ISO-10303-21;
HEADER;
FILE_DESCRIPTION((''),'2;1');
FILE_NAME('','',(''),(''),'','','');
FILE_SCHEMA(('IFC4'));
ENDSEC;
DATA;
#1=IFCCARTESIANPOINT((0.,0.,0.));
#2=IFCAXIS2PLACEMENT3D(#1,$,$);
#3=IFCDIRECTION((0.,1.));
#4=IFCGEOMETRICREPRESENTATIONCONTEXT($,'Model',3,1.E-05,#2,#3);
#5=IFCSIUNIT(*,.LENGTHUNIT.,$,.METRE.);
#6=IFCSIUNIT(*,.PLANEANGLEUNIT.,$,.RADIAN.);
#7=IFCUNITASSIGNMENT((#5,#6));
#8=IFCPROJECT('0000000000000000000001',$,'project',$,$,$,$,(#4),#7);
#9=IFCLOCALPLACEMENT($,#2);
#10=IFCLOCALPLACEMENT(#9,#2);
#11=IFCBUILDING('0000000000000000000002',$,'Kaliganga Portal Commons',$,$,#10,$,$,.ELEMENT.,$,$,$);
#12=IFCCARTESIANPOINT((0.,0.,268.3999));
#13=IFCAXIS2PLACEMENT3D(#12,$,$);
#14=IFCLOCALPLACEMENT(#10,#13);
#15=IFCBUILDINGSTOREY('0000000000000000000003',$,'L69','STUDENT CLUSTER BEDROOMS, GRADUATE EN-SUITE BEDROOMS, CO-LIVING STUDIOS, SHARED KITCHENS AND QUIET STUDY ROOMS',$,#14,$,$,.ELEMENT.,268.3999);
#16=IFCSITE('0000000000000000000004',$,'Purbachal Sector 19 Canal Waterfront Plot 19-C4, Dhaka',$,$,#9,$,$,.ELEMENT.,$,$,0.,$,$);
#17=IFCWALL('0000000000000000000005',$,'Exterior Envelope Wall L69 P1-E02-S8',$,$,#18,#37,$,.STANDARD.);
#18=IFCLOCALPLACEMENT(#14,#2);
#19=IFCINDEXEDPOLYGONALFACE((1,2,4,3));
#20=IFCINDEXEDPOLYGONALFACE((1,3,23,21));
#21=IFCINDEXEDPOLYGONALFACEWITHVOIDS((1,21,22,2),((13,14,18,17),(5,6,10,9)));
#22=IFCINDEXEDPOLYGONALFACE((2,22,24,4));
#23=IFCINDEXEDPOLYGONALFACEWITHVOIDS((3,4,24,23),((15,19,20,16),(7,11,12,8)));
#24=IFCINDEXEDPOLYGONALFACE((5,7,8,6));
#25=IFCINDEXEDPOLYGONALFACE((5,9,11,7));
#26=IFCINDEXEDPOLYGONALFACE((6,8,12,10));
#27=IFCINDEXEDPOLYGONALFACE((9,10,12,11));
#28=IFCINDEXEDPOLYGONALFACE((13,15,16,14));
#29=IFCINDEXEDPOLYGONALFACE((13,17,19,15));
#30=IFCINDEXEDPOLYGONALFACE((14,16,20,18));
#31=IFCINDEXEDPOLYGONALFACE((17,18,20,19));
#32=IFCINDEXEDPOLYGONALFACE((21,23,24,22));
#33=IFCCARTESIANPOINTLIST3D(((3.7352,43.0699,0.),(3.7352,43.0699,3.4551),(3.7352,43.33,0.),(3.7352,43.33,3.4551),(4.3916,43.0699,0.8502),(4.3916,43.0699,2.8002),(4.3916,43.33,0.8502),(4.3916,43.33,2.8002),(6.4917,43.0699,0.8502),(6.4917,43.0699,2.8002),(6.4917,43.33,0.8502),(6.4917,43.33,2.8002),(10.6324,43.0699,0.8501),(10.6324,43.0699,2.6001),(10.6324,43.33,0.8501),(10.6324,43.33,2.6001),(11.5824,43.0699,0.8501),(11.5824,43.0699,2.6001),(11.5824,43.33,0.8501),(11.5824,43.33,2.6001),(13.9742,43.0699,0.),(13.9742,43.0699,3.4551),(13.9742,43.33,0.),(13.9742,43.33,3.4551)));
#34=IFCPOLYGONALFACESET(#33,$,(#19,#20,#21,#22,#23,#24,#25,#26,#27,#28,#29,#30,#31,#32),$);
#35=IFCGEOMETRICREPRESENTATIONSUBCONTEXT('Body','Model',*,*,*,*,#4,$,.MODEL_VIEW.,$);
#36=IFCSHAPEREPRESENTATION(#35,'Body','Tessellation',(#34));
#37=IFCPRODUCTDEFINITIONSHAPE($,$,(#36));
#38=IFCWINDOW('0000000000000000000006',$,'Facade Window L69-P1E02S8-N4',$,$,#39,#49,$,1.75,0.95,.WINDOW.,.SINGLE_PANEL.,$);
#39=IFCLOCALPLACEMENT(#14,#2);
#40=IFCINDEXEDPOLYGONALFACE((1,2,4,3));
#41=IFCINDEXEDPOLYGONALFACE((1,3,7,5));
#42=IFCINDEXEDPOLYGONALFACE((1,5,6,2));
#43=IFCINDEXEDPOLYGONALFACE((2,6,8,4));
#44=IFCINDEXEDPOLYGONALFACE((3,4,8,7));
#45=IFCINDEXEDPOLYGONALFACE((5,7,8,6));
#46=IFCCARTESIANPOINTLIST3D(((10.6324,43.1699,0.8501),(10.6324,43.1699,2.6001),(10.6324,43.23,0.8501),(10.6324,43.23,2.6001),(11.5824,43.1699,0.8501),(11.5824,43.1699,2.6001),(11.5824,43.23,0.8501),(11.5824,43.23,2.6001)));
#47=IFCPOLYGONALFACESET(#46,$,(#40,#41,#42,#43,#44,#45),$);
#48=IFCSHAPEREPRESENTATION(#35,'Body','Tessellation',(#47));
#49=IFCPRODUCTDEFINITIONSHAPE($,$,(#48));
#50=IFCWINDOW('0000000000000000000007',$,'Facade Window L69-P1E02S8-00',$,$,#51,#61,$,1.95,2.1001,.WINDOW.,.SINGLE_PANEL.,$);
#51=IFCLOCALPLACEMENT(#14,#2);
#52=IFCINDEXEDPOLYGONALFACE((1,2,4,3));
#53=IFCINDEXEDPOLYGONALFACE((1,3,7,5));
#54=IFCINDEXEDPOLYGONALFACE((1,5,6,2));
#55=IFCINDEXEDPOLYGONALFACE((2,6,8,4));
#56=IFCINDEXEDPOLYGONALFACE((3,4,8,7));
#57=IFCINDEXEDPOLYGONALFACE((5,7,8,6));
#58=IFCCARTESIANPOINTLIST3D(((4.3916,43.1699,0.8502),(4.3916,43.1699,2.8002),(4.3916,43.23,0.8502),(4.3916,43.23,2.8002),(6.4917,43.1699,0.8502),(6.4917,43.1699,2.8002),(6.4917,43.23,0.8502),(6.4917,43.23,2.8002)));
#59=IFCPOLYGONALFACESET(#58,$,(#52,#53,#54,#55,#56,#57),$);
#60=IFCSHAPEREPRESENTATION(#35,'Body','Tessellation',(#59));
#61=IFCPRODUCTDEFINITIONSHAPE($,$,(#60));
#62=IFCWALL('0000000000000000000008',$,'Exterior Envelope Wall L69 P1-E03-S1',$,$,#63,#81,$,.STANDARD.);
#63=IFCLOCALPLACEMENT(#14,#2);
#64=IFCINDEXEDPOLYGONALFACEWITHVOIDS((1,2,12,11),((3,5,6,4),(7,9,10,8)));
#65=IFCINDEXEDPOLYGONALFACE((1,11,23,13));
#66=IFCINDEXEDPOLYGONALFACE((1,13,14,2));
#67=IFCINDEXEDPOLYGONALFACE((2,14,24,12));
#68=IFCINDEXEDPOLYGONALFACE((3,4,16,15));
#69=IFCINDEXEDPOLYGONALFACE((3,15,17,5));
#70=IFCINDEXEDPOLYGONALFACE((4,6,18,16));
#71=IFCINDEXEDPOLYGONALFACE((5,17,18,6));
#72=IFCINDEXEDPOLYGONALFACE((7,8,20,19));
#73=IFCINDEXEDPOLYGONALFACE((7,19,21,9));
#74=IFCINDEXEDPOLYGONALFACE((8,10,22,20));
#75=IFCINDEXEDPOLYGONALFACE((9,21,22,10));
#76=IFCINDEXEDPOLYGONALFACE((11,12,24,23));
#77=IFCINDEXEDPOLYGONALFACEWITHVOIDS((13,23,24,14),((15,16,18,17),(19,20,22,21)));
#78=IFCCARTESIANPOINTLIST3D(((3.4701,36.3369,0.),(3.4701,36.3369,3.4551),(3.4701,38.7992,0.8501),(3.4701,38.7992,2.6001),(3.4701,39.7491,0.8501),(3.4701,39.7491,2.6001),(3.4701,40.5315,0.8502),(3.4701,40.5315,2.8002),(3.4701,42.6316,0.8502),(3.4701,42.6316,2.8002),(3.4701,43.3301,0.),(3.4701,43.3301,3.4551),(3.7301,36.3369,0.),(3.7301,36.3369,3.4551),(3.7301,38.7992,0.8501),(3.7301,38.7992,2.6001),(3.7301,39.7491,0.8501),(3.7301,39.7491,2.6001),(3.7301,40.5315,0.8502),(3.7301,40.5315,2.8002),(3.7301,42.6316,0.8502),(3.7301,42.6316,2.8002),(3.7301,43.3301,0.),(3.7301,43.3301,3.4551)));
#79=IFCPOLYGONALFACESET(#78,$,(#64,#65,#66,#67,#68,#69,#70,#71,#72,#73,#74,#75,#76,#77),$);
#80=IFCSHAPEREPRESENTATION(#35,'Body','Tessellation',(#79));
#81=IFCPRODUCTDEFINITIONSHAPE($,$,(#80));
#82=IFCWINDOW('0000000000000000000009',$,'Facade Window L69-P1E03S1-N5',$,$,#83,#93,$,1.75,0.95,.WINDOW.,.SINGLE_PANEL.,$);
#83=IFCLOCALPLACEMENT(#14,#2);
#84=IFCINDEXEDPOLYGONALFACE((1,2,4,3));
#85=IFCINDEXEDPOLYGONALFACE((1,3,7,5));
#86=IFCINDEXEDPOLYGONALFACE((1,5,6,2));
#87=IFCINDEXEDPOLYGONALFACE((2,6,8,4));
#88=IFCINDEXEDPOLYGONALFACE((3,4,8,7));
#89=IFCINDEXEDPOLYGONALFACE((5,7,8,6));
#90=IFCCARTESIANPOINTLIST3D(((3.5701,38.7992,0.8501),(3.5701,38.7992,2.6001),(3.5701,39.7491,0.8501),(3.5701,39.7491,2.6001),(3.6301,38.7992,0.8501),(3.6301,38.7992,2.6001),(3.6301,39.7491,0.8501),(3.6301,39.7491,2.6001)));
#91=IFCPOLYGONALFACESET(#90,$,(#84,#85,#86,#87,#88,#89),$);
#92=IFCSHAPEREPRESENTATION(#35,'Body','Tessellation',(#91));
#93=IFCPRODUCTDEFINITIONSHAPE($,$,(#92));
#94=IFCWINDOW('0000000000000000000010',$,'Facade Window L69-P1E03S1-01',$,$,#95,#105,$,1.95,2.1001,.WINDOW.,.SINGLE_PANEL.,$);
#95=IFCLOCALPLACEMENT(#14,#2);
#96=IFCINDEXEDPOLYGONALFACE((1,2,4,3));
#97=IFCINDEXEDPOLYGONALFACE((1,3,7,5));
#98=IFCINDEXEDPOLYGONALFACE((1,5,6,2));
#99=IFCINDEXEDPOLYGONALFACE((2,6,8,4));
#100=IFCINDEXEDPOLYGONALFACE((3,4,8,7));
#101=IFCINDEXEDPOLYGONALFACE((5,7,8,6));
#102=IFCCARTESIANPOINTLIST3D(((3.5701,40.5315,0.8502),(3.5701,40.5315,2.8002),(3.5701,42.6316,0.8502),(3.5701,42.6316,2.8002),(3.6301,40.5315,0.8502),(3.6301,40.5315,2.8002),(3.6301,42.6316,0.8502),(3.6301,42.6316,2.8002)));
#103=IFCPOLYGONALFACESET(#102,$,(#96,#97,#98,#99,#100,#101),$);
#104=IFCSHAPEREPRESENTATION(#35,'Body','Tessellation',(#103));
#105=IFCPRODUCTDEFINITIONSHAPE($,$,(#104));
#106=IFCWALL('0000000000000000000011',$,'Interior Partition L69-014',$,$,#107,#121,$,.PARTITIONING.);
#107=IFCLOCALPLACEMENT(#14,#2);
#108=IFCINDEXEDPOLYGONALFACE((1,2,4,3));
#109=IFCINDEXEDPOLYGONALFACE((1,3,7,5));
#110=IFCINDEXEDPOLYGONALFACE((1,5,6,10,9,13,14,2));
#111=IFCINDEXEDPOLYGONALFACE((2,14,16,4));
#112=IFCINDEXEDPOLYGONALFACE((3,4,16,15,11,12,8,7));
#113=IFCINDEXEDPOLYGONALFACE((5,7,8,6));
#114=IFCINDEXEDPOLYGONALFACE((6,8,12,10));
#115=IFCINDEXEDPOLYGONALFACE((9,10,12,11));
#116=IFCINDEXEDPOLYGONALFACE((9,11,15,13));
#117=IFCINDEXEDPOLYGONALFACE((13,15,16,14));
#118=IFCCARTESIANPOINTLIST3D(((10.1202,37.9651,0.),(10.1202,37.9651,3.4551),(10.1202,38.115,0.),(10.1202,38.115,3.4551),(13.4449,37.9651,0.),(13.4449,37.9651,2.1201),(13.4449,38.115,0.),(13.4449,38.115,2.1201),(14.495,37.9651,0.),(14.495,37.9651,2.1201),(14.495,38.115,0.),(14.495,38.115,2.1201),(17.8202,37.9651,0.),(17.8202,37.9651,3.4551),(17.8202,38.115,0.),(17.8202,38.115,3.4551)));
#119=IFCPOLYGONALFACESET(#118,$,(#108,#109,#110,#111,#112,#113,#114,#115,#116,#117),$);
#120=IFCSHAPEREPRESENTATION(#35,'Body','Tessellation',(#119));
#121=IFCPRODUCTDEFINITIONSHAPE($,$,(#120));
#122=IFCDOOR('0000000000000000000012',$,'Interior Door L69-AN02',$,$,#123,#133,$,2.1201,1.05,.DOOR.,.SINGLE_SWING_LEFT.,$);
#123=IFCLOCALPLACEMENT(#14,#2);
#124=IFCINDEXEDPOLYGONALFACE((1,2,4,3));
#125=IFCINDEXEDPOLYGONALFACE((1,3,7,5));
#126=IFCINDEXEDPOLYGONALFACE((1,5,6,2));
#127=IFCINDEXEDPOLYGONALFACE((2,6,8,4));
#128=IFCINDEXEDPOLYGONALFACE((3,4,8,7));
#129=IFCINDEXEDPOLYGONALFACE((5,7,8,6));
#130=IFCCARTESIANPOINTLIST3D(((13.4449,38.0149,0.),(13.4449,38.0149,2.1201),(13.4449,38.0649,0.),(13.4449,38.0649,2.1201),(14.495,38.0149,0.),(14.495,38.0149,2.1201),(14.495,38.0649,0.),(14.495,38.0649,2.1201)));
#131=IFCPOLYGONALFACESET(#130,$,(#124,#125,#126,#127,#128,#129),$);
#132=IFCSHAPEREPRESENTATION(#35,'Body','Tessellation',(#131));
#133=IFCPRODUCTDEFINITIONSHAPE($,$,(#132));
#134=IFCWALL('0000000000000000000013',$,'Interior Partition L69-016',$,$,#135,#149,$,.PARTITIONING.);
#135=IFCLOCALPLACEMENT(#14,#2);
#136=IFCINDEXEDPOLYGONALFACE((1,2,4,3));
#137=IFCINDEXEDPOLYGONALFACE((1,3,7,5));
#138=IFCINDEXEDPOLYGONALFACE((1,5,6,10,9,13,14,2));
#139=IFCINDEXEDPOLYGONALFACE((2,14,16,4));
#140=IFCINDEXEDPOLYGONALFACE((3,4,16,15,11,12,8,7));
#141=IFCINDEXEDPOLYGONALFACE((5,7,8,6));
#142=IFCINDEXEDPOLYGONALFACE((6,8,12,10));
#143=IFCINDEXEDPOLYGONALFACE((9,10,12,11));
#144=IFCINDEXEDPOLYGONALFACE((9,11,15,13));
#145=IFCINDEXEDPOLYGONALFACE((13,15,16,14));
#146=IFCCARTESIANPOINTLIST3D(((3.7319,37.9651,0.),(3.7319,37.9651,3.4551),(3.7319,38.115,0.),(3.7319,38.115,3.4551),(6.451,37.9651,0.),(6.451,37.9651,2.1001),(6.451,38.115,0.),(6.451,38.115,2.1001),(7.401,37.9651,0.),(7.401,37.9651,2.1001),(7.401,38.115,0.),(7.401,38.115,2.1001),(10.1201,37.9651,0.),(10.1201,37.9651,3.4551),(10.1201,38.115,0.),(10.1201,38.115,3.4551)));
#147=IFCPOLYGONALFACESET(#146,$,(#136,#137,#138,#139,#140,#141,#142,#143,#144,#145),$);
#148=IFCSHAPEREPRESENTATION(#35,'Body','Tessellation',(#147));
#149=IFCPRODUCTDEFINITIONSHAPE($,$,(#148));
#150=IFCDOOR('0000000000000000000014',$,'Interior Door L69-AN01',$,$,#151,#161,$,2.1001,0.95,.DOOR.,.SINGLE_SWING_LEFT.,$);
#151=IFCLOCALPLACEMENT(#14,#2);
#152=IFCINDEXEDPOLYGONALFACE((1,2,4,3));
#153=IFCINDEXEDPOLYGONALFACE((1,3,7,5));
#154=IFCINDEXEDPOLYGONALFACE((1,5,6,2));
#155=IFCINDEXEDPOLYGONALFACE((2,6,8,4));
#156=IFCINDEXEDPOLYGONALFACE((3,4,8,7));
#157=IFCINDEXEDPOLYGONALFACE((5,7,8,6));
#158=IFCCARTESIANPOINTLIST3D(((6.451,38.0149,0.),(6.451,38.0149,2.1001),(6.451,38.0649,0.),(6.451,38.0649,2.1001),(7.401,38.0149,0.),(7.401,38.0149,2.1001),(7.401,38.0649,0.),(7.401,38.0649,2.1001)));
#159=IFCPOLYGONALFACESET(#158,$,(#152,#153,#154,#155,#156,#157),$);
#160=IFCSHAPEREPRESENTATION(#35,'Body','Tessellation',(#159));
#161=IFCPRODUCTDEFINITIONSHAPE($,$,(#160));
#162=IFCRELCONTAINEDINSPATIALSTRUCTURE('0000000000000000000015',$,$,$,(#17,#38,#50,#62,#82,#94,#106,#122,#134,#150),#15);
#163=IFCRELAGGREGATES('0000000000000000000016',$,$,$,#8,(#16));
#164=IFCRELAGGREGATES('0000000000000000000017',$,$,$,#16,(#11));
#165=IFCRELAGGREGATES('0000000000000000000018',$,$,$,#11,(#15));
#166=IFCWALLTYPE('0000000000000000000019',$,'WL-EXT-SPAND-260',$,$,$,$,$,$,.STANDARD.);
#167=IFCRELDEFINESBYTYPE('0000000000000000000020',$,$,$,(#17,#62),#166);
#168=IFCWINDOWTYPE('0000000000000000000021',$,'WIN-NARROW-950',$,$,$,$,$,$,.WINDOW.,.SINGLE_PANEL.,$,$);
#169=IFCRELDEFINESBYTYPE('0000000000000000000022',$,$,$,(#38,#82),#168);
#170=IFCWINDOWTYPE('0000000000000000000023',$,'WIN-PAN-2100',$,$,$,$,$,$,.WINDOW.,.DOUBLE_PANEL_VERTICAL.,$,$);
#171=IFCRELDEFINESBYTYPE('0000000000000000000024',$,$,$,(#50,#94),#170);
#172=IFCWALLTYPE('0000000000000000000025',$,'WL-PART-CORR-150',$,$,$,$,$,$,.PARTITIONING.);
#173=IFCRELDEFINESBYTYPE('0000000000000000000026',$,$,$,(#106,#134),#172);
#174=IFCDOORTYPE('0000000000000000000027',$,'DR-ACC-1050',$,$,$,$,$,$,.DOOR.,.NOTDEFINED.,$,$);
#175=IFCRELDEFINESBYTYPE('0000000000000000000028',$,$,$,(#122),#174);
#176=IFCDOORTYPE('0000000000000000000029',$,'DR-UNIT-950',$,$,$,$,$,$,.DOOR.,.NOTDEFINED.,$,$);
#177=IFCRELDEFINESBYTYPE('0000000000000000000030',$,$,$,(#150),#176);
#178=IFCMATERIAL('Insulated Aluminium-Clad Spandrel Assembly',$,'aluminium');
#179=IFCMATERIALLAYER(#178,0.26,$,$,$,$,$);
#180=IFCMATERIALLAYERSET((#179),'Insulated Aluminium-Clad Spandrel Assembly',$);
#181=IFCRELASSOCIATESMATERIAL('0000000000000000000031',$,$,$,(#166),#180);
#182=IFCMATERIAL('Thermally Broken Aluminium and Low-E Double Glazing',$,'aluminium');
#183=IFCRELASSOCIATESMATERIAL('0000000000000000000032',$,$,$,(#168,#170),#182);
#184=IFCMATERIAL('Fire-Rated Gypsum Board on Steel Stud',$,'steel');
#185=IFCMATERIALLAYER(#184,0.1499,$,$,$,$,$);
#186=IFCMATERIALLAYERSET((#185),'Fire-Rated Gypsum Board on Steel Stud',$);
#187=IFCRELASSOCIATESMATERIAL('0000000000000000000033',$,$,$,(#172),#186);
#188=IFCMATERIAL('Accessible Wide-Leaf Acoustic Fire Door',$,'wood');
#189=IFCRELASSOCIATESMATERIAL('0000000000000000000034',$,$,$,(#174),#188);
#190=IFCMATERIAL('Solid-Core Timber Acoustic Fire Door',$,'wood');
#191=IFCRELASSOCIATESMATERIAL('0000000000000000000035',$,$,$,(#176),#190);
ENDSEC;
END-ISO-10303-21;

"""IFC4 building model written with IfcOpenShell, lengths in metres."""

from ifc_helpers import new_model, si_unit, direction, frame, frame_2d, origin, place, context, subcontext, project, spatial, rectangle, extrude, material, layer, layer_set, type_object, element, fill, save


model = new_model("IFC4")

# Units and contexts
model_context = context("Model", 3, precision=1e-05, world=origin(), true_north=direction((0.0, 1.0)))
body_context = subcontext(model_context, "Body", "Model", "MODEL_VIEW")
ifc_project = project(units=[si_unit("LENGTHUNIT", "METRE"), si_unit("PLANEANGLEUNIT", "RADIAN")], contexts=[model_context])

# Site, building, storey
site_placement = place(None, origin())
site = spatial("IfcSite", under=ifc_project, at=site_placement, Name="Purbachal Sector 19 Canal Waterfront Plot 19-C4, Dhaka", CompositionType="ELEMENT", RefElevation=0.0)
building_placement = place(site_placement, origin())
building = spatial("IfcBuilding", under=site, at=building_placement, Name="Kaliganga Portal Commons", CompositionType="ELEMENT")
storey_placement = place(building_placement, frame((0.0, 0.0, 268.3999)))
storey = spatial("IfcBuildingStorey", under=building, at=storey_placement, Name="L69", Description="STUDENT CLUSTER BEDROOMS, GRADUATE EN-SUITE BEDROOMS, CO-LIVING STUDIOS, SHARED KITCHENS AND QUIET STUDY ROOMS", CompositionType="ELEMENT", Elevation=268.3999)

# Walls, openings, windows
ifc_material_1 = material(Name="Insulated Aluminium-Clad Spandrel Assembly", Category="aluminium")
ifc_layer_1 = layer(ifc_material_1, 0.26)
ifc_layer_set_1 = layer_set([ifc_layer_1], Name="Insulated Aluminium-Clad Spandrel Assembly")
wall_type_1 = type_object("IfcWallType", Name="WL-EXT-SPAND-260", PredefinedType="STANDARD", material=ifc_layer_set_1)
wall_1_placement = place(storey_placement, frame((3.7351, 43.2, 0.0), z_axis=(0.0, 0.0, 1.0), x_axis=(1.0, 0.0, 0.0)))
wall_1 = element("IfcWall", 1, at=wall_1_placement, inside=storey, type_object=wall_type_1, Name="Exterior Envelope Wall L69 P1-E02-S8", PredefinedType="STANDARD", context=body_context, shape_type="SweptSolid", body=[
    extrude(rectangle(XDim=10.239, YDim=0.26, at=frame_2d((5.1196, 0.0))), origin(), (0.0, 0.0, 1.0), 3.4551),
])
opening_1_placement = place(wall_1_placement, frame((0.6565, 0.0, 0.8501)))
opening_1 = element("IfcOpeningElement", 2, at=opening_1_placement, cuts=wall_1, PredefinedType="OPENING", context=body_context, shape_type="SweptSolid", body=[
    extrude(rectangle(XDim=2.1001, YDim=1.95, at=frame_2d((1.05, 0.9751))), frame((0.0, 0.1401, 0.0), z_axis=(0.0, -1.0, 0.0), x_axis=(1.0, 0.0, 0.0)), (0.0, 0.0, 1.0), 0.28),
])
opening_2_placement = place(wall_1_placement, frame((6.8972, 0.0, 0.8501)))
opening_2 = element("IfcOpeningElement", 3, at=opening_2_placement, cuts=wall_1, PredefinedType="OPENING", context=body_context, shape_type="SweptSolid", body=[
    extrude(rectangle(XDim=0.95, YDim=1.75, at=frame_2d((0.4751, 0.875))), frame((0.0, 0.1401, 0.0), z_axis=(0.0, -1.0, 0.0), x_axis=(1.0, 0.0, 0.0)), (0.0, 0.0, 1.0), 0.28),
])
ifc_material_2 = material(Name="Thermally Broken Aluminium and Low-E Double Glazing", Category="aluminium")
window_type_1 = type_object("IfcWindowType", Name="WIN-NARROW-950", PartitioningType="SINGLE_PANEL", PredefinedType="WINDOW", material=ifc_material_2)
window_1_placement = place(opening_2_placement, origin())
window_1 = element("IfcWindow", 4, at=window_1_placement, inside=storey, type_object=window_type_1, Name="Facade Window L69-P1E02S8-N4", OverallHeight=1.75, OverallWidth=0.95, PartitioningType="SINGLE_PANEL", PredefinedType="WINDOW", context=body_context, shape_type="SweptSolid", body=[
    extrude(rectangle(XDim=0.95, YDim=1.75, at=frame_2d((0.4751, 0.875))), frame((0.0, 0.03, 0.0), z_axis=(0.0, -1.0, 0.0), x_axis=(1.0, 0.0, 0.0)), (0.0, 0.0, 1.0), 0.0601),
])
fill(opening_2, window_1)
window_type_2 = type_object("IfcWindowType", Name="WIN-PAN-2100", PartitioningType="DOUBLE_PANEL_VERTICAL", PredefinedType="WINDOW", material=ifc_material_2)
window_2_placement = place(opening_1_placement, origin())
window_2 = element("IfcWindow", 5, at=window_2_placement, inside=storey, type_object=window_type_2, Name="Facade Window L69-P1E02S8-00", OverallHeight=1.95, OverallWidth=2.1001, PartitioningType="SINGLE_PANEL", PredefinedType="WINDOW", context=body_context, shape_type="SweptSolid", body=[
    extrude(rectangle(XDim=2.1001, YDim=1.95, at=frame_2d((1.05, 0.9751))), frame((0.0, 0.03, 0.0), z_axis=(0.0, -1.0, 0.0), x_axis=(1.0, 0.0, 0.0)), (0.0, 0.0, 1.0), 0.0601),
])
fill(opening_1, window_2)
wall_2_placement = place(storey_placement, frame((3.6001, 36.3369, 0.0), z_axis=(0.0, 0.0, 1.0), x_axis=(0.0, 1.0, 0.0)))
wall_2 = element("IfcWall", 6, at=wall_2_placement, inside=storey, type_object=wall_type_1, Name="Exterior Envelope Wall L69 P1-E03-S1", PredefinedType="STANDARD", context=body_context, shape_type="SweptSolid", body=[
    extrude(rectangle(XDim=6.9932, YDim=0.26, at=frame_2d((3.4966, 0.0))), origin(), (0.0, 0.0, 1.0), 3.4551),
])
opening_3_placement = place(wall_2_placement, frame((4.1946, 0.0, 0.8501)))
opening_3 = element("IfcOpeningElement", 7, at=opening_3_placement, cuts=wall_2, PredefinedType="OPENING", context=body_context, shape_type="SweptSolid", body=[
    extrude(rectangle(XDim=2.1001, YDim=1.95, at=frame_2d((1.05, 0.9751))), frame((0.0, 0.1401, 0.0), z_axis=(0.0, -1.0, 0.0), x_axis=(1.0, 0.0, 0.0)), (0.0, 0.0, 1.0), 0.28),
])
opening_4_placement = place(wall_2_placement, frame((2.4622, 0.0, 0.8501)))
opening_4 = element("IfcOpeningElement", 8, at=opening_4_placement, cuts=wall_2, PredefinedType="OPENING", context=body_context, shape_type="SweptSolid", body=[
    extrude(rectangle(XDim=0.95, YDim=1.75, at=frame_2d((0.4751, 0.875))), frame((0.0, 0.1401, 0.0), z_axis=(0.0, -1.0, 0.0), x_axis=(1.0, 0.0, 0.0)), (0.0, 0.0, 1.0), 0.28),
])
window_3_placement = place(opening_4_placement, origin())
window_3 = element("IfcWindow", 9, at=window_3_placement, inside=storey, type_object=window_type_1, Name="Facade Window L69-P1E03S1-N5", OverallHeight=1.75, OverallWidth=0.95, PartitioningType="SINGLE_PANEL", PredefinedType="WINDOW", context=body_context, shape_type="SweptSolid", body=[
    extrude(rectangle(XDim=0.95, YDim=1.75, at=frame_2d((0.4751, 0.875))), frame((0.0, 0.03, 0.0), z_axis=(0.0, -1.0, 0.0), x_axis=(1.0, 0.0, 0.0)), (0.0, 0.0, 1.0), 0.0601),
])
fill(opening_4, window_3)
window_4_placement = place(opening_3_placement, origin())
window_4 = element("IfcWindow", 10, at=window_4_placement, inside=storey, type_object=window_type_2, Name="Facade Window L69-P1E03S1-01", OverallHeight=1.95, OverallWidth=2.1001, PartitioningType="SINGLE_PANEL", PredefinedType="WINDOW", context=body_context, shape_type="SweptSolid", body=[
    extrude(rectangle(XDim=2.1001, YDim=1.95, at=frame_2d((1.05, 0.9751))), frame((0.0, 0.03, 0.0), z_axis=(0.0, -1.0, 0.0), x_axis=(1.0, 0.0, 0.0)), (0.0, 0.0, 1.0), 0.0601),
])
fill(opening_3, window_4)

# Walls, openings, doors
ifc_material_3 = material(Name="Fire-Rated Gypsum Board on Steel Stud", Category="steel")
ifc_layer_2 = layer(ifc_material_3, 0.1499)
ifc_layer_set_2 = layer_set([ifc_layer_2], Name="Fire-Rated Gypsum Board on Steel Stud")
wall_type_2 = type_object("IfcWallType", Name="WL-PART-CORR-150", PredefinedType="PARTITIONING", material=ifc_layer_set_2)
wall_3_placement = place(storey_placement, frame((10.1201, 38.04, 0.0), z_axis=(0.0, 0.0, 1.0), x_axis=(1.0, 0.0, 0.0)))
wall_3 = element("IfcWall", 11, at=wall_3_placement, inside=storey, type_object=wall_type_2, Name="Interior Partition L69-014", PredefinedType="PARTITIONING", context=body_context, shape_type="SweptSolid", body=[
    extrude(rectangle(XDim=7.7, YDim=0.1499, at=frame_2d((3.8501, 0.0))), origin(), (0.0, 0.0, 1.0), 3.4551),
])
opening_5_placement = place(wall_3_placement, frame((3.325, 0.0, 0.0)))
opening_5 = element("IfcOpeningElement", 12, at=opening_5_placement, cuts=wall_3, PredefinedType="OPENING", context=body_context, shape_type="SweptSolid", body=[
    extrude(rectangle(XDim=1.05, YDim=2.1201, at=frame_2d((0.5249, 1.0601))), frame((0.0, 0.085, 0.0), z_axis=(0.0, -1.0, 0.0), x_axis=(1.0, 0.0, 0.0)), (0.0, 0.0, 1.0), 0.1699),
])
ifc_material_4 = material(Name="Accessible Wide-Leaf Acoustic Fire Door", Category="wood")
door_type_1 = type_object("IfcDoorType", Name="DR-ACC-1050", OperationType="NOTDEFINED", PredefinedType="DOOR", material=ifc_material_4)
door_1_placement = place(opening_5_placement, origin())
door_1 = element("IfcDoor", 13, at=door_1_placement, inside=storey, type_object=door_type_1, Name="Interior Door L69-AN02", OperationType="SINGLE_SWING_LEFT", OverallHeight=2.1201, OverallWidth=1.05, PredefinedType="DOOR", context=body_context, shape_type="SweptSolid", body=[
    extrude(rectangle(XDim=1.05, YDim=2.1201, at=frame_2d((0.5249, 1.0601))), frame((0.0, 0.0249, 0.0), z_axis=(0.0, -1.0, 0.0), x_axis=(1.0, 0.0, 0.0)), (0.0, 0.0, 1.0), 0.05),
])
fill(opening_5, door_1)
wall_4_placement = place(storey_placement, frame((3.7319, 38.04, 0.0), z_axis=(0.0, 0.0, 1.0), x_axis=(1.0, 0.0, 0.0)))
wall_4 = element("IfcWall", 14, at=wall_4_placement, inside=storey, type_object=wall_type_2, Name="Interior Partition L69-016", PredefinedType="PARTITIONING", context=body_context, shape_type="SweptSolid", body=[
    extrude(rectangle(XDim=6.3882, YDim=0.1499, at=frame_2d((3.1941, 0.0))), origin(), (0.0, 0.0, 1.0), 3.4551),
])
opening_6_placement = place(wall_4_placement, frame((2.719, 0.0, 0.0)))
opening_6 = element("IfcOpeningElement", 15, at=opening_6_placement, cuts=wall_4, PredefinedType="OPENING", context=body_context, shape_type="SweptSolid", body=[
    extrude(rectangle(XDim=0.95, YDim=2.1001, at=frame_2d((0.4751, 1.05))), frame((0.0, 0.085, 0.0), z_axis=(0.0, -1.0, 0.0), x_axis=(1.0, 0.0, 0.0)), (0.0, 0.0, 1.0), 0.1699),
])
ifc_material_5 = material(Name="Solid-Core Timber Acoustic Fire Door", Category="wood")
door_type_2 = type_object("IfcDoorType", Name="DR-UNIT-950", OperationType="NOTDEFINED", PredefinedType="DOOR", material=ifc_material_5)
door_2_placement = place(opening_6_placement, origin())
door_2 = element("IfcDoor", 16, at=door_2_placement, inside=storey, type_object=door_type_2, Name="Interior Door L69-AN01", OperationType="SINGLE_SWING_LEFT", OverallHeight=2.1001, OverallWidth=0.95, PredefinedType="DOOR", context=body_context, shape_type="SweptSolid", body=[
    extrude(rectangle(XDim=0.95, YDim=2.1001, at=frame_2d((0.4751, 1.05))), frame((0.0, 0.0249, 0.0), z_axis=(0.0, -1.0, 0.0), x_axis=(1.0, 0.0, 0.0)), (0.0, 0.0, 1.0), 0.05),
])
fill(opening_6, door_2)

save(model, "model.ifc")
